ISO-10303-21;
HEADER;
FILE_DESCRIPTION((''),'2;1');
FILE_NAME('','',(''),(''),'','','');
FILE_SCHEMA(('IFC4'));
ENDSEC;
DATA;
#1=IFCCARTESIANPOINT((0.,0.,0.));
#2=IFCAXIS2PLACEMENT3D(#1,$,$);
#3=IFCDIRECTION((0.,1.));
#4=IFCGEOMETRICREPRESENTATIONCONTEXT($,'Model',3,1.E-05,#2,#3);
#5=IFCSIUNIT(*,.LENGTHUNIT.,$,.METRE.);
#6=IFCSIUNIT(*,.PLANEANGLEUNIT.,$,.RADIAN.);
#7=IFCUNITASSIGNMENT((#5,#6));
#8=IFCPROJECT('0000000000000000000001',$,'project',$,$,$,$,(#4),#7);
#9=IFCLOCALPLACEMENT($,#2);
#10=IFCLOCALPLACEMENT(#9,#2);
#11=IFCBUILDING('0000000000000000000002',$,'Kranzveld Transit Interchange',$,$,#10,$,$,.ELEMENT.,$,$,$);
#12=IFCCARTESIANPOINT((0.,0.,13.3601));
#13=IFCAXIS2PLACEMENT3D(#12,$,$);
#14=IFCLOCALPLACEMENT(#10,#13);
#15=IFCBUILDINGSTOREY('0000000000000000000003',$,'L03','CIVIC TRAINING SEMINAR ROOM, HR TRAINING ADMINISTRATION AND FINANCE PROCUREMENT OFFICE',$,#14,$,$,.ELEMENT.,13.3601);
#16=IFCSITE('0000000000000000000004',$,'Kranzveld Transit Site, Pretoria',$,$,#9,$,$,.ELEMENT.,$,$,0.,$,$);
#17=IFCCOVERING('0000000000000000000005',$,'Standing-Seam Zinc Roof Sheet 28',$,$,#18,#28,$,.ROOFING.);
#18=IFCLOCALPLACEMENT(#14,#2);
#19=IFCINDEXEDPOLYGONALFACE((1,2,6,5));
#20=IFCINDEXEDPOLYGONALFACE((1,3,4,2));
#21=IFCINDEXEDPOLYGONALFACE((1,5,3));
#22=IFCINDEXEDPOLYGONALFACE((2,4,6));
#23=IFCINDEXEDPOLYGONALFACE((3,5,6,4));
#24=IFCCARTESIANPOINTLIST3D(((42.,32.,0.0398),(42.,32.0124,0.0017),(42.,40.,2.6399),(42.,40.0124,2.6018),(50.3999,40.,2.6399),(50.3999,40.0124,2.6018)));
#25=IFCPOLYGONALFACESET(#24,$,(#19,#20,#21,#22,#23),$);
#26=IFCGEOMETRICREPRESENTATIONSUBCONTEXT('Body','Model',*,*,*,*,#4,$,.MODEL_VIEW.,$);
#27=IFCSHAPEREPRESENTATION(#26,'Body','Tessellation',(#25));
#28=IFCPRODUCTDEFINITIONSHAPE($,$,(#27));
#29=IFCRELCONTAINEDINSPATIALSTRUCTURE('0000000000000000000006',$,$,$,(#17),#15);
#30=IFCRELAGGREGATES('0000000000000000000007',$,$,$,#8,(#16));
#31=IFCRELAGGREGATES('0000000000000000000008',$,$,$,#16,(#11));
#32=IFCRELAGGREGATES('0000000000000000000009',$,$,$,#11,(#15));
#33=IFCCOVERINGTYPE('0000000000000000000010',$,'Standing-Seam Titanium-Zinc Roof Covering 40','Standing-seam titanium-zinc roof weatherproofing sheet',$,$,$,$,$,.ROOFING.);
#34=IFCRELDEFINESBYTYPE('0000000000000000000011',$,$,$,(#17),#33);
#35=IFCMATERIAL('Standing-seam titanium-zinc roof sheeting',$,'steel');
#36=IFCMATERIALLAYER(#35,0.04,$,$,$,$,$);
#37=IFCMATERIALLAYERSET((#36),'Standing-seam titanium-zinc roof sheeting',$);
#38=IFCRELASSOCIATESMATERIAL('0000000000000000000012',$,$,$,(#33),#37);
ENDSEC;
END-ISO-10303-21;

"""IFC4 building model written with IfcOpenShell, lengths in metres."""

from ifc_helpers import new_model, si_unit, direction, frame, origin, place, context, subcontext, project, spatial, polyline, outline, extrude, material, layer, layer_set, type_object, element, save


model = new_model("IFC4")

# Units and contexts
model_context = context("Model", 3, precision=1e-05, world=origin(), true_north=direction((0.0, 1.0)))
body_context = subcontext(model_context, "Body", "Model", "MODEL_VIEW")
ifc_project = project(units=[si_unit("LENGTHUNIT", "METRE"), si_unit("PLANEANGLEUNIT", "RADIAN")], contexts=[model_context])

# Site, building, storey
site_placement = place(None, origin())
site = spatial("IfcSite", under=ifc_project, at=site_placement, Name="Kranzveld Transit Site, Pretoria", CompositionType="ELEMENT", RefElevation=0.0)
building_placement = place(site_placement, origin())
building = spatial("IfcBuilding", under=site, at=building_placement, Name="Kranzveld Transit Interchange", CompositionType="ELEMENT")
storey_placement = place(building_placement, frame((0.0, 0.0, 13.3601)))
storey = spatial("IfcBuildingStorey", under=building, at=storey_placement, Name="L03", Description="CIVIC TRAINING SEMINAR ROOM, HR TRAINING ADMINISTRATION AND FINANCE PROCUREMENT OFFICE", CompositionType="ELEMENT", Elevation=13.3601)

# Covering
ifc_material_1 = material(Name="Standing-seam titanium-zinc roof sheeting", Category="steel")
ifc_layer_1 = layer(ifc_material_1, 0.04)
ifc_layer_set_1 = layer_set([ifc_layer_1], Name="Standing-seam titanium-zinc roof sheeting")
covering_type = type_object("IfcCoveringType", Name="Standing-Seam Titanium-Zinc Roof Covering 40", Description="Standing-seam titanium-zinc roof weatherproofing sheet", PredefinedType="ROOFING", material=ifc_layer_set_1)
covering_1_placement = place(storey_placement, frame((42.0, 32.0, 0.0398), z_axis=(0.0, -0.309097, 0.951031), x_axis=(0.706601, 0.672961, 0.218721)))
element("IfcCovering", 1, at=covering_1_placement, inside=storey, type_object=covering_type, Name="Standing-Seam Zinc Roof Sheet 28", PredefinedType="ROOFING", context=body_context, shape_type="SweptSolid", body=[
    extrude(outline(polyline([(0.0, 0.0), (11.8878, 0.0), (5.9524, 5.9439), (0.0, 0.0)])), origin(), (0.0, 0.0, -1.0), 0.04),
])

save(model, "model.ifc")
